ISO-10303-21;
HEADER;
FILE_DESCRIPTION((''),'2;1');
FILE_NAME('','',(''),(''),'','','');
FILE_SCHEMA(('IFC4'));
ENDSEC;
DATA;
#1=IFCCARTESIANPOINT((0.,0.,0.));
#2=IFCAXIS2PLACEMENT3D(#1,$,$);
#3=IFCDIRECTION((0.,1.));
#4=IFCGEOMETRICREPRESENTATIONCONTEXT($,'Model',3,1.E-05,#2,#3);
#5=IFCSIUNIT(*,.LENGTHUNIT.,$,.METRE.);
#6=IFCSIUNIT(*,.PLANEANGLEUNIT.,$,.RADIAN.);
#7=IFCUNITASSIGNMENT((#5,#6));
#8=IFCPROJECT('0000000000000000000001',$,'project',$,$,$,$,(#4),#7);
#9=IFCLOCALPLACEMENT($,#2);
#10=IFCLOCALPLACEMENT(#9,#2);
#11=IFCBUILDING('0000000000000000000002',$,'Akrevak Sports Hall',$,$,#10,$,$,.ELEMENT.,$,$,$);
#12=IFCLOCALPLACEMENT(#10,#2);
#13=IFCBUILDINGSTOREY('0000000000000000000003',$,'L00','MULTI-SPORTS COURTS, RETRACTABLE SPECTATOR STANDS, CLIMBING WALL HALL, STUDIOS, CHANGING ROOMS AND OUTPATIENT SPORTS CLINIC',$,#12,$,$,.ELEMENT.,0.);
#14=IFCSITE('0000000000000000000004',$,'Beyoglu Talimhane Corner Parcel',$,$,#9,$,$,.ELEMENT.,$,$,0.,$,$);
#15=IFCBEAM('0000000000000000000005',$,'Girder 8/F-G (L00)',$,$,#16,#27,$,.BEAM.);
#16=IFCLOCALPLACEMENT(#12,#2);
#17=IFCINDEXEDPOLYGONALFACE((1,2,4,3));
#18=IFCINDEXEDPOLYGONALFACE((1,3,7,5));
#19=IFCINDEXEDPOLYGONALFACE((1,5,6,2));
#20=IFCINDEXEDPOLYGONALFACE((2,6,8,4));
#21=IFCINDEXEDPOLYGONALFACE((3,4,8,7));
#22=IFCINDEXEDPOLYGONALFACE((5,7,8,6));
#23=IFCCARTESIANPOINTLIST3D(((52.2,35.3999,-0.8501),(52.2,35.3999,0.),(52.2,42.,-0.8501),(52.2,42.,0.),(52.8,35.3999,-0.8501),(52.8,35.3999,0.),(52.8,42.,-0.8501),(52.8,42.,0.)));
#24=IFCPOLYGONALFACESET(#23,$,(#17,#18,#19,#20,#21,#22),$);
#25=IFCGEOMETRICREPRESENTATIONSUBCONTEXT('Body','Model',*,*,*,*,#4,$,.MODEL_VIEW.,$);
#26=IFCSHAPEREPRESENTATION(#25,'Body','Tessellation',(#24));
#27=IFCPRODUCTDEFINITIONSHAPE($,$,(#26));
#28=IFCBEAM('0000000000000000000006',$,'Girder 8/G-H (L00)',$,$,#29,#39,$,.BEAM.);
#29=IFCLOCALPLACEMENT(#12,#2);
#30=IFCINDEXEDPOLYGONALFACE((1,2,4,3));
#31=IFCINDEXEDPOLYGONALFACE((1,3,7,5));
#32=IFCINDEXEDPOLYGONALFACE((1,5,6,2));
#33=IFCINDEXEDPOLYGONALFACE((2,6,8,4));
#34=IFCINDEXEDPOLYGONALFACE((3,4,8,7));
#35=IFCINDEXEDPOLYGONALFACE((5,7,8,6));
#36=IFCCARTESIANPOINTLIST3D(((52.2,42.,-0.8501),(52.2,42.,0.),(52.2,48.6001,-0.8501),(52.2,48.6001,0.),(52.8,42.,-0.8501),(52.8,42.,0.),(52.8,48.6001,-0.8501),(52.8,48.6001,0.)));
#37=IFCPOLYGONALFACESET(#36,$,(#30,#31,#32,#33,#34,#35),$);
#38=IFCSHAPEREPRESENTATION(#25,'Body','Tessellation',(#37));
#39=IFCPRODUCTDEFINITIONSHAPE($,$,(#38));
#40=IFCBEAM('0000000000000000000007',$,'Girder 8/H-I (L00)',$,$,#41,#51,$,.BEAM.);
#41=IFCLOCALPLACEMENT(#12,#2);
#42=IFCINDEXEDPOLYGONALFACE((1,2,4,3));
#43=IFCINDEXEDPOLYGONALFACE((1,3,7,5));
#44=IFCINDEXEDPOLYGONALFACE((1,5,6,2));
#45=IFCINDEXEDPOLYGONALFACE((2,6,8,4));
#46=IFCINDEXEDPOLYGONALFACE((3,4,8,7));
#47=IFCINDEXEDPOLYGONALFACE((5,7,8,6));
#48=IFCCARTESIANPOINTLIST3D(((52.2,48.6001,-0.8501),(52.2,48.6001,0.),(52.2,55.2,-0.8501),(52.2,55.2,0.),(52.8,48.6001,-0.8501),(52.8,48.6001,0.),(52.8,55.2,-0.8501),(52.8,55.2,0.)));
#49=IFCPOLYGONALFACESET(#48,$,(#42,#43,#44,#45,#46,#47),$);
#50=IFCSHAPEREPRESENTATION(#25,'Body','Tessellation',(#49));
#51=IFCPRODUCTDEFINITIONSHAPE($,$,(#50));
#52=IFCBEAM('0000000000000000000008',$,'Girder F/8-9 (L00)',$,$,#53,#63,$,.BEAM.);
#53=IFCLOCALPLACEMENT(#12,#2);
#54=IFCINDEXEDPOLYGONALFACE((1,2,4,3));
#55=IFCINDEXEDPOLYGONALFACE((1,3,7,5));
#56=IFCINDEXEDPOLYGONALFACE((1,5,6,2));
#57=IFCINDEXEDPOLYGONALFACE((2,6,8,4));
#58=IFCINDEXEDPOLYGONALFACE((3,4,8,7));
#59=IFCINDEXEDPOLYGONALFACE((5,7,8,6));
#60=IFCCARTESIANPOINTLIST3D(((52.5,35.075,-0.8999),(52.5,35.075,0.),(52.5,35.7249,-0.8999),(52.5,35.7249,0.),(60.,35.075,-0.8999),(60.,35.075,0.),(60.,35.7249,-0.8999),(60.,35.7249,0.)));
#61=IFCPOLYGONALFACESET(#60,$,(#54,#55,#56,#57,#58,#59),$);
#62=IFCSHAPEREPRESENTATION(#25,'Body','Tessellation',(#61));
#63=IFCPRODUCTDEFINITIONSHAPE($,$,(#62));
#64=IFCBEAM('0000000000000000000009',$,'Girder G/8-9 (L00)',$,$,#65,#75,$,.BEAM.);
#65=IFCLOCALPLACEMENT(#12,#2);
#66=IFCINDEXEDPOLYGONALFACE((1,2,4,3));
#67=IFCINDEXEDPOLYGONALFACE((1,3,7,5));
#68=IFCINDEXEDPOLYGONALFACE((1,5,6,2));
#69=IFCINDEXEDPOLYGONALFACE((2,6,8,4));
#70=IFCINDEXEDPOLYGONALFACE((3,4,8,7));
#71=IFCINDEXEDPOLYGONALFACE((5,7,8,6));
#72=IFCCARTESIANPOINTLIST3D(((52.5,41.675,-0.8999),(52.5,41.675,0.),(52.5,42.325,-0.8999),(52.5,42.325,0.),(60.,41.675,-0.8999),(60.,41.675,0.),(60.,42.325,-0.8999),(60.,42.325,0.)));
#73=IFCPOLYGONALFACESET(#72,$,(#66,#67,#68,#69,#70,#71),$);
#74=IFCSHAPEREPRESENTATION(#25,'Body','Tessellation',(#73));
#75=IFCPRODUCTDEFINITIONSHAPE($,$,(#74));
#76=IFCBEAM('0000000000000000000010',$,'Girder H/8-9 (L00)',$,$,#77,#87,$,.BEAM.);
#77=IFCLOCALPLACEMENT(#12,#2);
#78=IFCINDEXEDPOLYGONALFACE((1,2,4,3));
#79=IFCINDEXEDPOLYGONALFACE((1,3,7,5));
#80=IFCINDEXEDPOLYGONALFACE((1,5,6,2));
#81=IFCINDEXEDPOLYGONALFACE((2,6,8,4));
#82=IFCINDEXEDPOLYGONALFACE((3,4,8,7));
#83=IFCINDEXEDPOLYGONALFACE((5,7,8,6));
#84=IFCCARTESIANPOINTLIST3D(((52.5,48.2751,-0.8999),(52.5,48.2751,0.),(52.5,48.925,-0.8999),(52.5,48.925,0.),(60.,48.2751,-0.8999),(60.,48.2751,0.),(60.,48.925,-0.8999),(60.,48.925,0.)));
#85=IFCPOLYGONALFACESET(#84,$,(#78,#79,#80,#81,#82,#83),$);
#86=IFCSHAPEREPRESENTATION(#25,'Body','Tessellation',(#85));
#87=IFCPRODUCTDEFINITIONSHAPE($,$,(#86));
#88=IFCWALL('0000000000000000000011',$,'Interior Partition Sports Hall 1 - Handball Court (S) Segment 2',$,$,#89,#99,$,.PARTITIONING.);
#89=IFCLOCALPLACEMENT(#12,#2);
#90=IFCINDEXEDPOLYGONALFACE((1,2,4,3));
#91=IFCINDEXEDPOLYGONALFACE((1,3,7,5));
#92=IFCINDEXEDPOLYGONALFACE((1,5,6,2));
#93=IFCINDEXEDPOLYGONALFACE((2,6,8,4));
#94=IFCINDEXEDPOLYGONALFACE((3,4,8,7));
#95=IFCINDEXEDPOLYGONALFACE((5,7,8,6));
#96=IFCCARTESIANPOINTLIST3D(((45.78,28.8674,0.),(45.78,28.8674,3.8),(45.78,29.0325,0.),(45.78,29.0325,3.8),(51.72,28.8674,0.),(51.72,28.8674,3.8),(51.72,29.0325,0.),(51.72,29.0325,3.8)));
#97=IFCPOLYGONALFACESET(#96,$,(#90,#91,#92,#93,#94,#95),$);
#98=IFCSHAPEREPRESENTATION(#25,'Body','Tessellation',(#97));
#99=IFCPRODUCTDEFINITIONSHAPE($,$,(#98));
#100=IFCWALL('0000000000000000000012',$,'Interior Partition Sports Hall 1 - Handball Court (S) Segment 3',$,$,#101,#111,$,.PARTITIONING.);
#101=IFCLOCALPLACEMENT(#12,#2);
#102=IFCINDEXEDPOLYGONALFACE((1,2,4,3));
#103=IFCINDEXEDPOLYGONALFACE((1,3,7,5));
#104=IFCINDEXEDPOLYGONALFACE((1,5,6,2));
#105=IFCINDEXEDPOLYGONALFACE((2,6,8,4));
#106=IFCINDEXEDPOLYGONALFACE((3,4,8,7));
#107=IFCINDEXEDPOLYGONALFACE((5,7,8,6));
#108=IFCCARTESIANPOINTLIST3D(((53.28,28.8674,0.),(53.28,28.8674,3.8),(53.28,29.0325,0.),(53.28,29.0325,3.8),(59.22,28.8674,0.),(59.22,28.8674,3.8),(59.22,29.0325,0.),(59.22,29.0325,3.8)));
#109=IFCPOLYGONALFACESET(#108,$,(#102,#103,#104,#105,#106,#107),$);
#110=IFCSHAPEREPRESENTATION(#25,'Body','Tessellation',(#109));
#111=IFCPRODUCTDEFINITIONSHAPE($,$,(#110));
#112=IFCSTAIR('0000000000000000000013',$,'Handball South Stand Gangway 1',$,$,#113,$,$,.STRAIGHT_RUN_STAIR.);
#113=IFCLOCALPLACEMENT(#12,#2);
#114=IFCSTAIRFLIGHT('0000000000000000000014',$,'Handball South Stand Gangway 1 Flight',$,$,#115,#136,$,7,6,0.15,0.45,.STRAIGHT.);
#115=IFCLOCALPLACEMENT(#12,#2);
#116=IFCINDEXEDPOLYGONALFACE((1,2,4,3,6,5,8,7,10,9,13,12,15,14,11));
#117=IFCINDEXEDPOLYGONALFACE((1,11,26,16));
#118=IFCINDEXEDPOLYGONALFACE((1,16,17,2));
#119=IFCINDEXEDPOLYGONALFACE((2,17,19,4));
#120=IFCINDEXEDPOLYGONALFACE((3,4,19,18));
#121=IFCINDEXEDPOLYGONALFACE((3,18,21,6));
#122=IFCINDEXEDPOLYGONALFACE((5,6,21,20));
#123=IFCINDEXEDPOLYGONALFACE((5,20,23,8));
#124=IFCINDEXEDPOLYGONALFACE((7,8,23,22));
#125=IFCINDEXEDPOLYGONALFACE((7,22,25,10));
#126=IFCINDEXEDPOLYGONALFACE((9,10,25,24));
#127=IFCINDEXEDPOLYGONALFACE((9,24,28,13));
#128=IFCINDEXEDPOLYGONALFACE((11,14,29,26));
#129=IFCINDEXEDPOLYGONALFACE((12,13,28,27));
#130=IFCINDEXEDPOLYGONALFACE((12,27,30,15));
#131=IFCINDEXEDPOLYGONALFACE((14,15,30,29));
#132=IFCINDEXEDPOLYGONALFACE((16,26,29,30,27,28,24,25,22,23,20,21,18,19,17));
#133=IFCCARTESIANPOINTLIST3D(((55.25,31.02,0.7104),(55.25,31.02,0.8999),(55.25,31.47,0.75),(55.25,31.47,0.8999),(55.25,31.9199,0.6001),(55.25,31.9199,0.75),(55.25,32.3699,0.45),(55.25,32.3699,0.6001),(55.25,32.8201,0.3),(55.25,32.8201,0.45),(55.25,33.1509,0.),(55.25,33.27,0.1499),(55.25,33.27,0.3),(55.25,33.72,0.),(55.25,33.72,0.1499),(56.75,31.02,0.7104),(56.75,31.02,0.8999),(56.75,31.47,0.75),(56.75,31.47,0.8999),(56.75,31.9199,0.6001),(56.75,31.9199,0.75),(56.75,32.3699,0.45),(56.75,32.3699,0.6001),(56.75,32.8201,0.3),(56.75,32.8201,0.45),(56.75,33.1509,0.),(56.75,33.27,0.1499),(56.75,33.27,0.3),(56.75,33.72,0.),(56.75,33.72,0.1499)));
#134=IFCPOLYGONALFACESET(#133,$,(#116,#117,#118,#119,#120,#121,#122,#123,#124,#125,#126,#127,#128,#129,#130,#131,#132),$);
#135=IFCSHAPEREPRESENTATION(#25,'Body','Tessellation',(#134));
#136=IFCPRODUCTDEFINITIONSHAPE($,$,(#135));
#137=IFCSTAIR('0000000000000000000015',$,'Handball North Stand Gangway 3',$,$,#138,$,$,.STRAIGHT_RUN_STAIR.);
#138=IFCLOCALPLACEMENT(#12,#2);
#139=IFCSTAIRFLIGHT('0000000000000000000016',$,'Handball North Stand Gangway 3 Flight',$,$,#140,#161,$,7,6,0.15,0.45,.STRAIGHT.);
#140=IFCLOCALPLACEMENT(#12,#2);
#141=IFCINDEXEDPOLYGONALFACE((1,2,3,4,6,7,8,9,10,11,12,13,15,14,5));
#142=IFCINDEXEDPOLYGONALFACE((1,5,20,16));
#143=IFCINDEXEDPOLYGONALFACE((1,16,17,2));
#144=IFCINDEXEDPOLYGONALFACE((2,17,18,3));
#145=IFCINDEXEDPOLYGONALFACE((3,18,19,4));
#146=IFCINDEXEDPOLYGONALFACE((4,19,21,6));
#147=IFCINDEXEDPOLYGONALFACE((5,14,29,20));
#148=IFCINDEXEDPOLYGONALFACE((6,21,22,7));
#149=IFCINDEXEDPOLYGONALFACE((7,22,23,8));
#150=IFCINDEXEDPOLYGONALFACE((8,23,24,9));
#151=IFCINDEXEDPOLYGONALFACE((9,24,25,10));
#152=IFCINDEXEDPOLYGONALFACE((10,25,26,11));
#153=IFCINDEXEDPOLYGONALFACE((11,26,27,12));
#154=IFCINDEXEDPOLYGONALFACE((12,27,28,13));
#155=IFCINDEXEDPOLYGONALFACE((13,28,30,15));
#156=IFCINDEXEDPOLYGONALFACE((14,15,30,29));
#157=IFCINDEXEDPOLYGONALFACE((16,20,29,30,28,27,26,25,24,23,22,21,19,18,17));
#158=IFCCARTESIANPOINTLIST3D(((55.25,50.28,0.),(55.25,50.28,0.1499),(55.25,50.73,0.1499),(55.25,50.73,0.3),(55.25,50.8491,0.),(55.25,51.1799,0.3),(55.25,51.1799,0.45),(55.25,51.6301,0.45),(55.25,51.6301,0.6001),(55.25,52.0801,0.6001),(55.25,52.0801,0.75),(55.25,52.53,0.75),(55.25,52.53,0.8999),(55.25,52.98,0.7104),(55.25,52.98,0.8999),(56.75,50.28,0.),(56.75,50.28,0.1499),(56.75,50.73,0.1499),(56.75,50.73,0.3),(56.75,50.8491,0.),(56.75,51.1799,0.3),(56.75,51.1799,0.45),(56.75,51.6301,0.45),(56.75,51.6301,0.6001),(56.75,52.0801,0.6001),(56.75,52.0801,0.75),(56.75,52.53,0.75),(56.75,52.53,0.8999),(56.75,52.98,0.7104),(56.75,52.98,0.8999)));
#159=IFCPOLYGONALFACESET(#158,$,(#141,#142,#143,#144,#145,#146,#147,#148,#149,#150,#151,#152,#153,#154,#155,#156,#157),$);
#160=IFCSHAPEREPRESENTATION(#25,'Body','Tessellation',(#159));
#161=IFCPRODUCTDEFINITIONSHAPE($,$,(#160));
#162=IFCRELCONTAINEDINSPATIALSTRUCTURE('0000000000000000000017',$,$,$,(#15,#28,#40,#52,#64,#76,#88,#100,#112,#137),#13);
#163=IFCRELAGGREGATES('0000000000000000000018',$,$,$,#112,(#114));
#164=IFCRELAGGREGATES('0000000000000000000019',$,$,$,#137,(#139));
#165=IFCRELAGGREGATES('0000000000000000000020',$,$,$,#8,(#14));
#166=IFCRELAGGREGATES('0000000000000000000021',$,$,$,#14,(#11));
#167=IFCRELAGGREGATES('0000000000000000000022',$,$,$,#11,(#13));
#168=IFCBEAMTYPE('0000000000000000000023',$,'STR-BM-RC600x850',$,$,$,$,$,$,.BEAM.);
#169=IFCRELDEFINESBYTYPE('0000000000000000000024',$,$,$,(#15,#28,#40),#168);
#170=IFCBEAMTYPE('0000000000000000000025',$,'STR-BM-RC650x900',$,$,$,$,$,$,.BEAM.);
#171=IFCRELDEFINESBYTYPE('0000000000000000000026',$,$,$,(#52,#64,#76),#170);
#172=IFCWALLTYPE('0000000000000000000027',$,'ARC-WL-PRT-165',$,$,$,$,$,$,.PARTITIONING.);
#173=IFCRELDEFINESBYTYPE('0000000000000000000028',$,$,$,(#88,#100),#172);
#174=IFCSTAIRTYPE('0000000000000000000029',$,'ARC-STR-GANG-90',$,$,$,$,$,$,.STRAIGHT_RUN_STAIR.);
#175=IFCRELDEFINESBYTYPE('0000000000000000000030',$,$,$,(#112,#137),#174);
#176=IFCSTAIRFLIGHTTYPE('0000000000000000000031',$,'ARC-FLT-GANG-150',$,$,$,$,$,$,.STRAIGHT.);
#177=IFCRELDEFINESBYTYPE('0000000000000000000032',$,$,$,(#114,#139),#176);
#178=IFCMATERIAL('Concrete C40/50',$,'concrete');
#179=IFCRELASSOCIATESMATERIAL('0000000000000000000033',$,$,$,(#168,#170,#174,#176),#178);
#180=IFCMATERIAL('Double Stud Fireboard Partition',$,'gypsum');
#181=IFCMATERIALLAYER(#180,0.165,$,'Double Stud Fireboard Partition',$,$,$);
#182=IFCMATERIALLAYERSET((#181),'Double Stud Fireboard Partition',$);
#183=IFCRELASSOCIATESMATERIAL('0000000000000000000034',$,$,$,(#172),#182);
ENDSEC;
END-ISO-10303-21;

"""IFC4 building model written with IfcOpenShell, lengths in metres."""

from ifc_helpers import new_model, si_unit, direction, frame, frame_2d, origin, origin_2d, place, context, subcontext, project, spatial, polyline, rectangle, outline, extrude, material, layer, layer_set, material_profile, profile_set, type_object, element, aggregate, save


model = new_model("IFC4")

# Units and contexts
model_context = context("Model", 3, precision=1e-05, world=origin(), true_north=direction((0.0, 1.0)))
body_context = subcontext(model_context, "Body", "Model", "MODEL_VIEW")
ifc_project = project(units=[si_unit("LENGTHUNIT", "METRE"), si_unit("PLANEANGLEUNIT", "RADIAN")], contexts=[model_context])

# Site, building, storey
site_placement = place(None, origin())
site = spatial("IfcSite", under=ifc_project, at=site_placement, Name="Beyoglu Talimhane Corner Parcel", CompositionType="ELEMENT", RefElevation=0.0)
building_placement = place(site_placement, origin())
building = spatial("IfcBuilding", under=site, at=building_placement, Name="Akrevak Sports Hall", CompositionType="ELEMENT")
storey_placement = place(building_placement, origin())
storey = spatial("IfcBuildingStorey", under=building, at=storey_placement, Name="L00", Description="MULTI-SPORTS COURTS, RETRACTABLE SPECTATOR STANDS, CLIMBING WALL HALL, STUDIOS, CHANGING ROOMS AND OUTPATIENT SPORTS CLINIC", CompositionType="ELEMENT", Elevation=0.0)

# Beams
ifc_material_1 = material(Name="Concrete C40/50", Category="concrete")
ifc_material_profile_1 = material_profile(ifc_material_1, rectangle(XDim=0.6001, YDim=0.8501, at=origin_2d()), Name="BM 600x850", Category="concrete")
ifc_profile_set_1 = profile_set([ifc_material_profile_1], Name="Concrete C40/50")
beam_type_1 = type_object("IfcBeamType", Name="STR-BM-RC600x850", PredefinedType="BEAM", material=ifc_profile_set_1)
for number, where, z_axis, x_axis, name in (
    (1, (52.5, 35.3999, -0.425), (0.0, 1.0, 0.0), (-1.0, 0.0, 0.0), "Girder 8/F-G (L00)"),
    (2, (52.5, 42.0, -0.425), (0.0, 1.0, 0.0), (-1.0, 0.0, 0.0), "Girder 8/G-H (L00)"),
):
    element("IfcBeam", number, at=place(storey_placement, frame(where, z_axis=z_axis, x_axis=x_axis)), inside=storey, type_object=beam_type_1, Name=name, PredefinedType="BEAM", context=body_context, shape_type="SweptSolid", body=[
        extrude(rectangle(XDim=0.6001, YDim=0.8501, at=origin_2d()), origin(), (0.0, 0.0, 1.0), 6.6001),
    ])
beam_placement = place(storey_placement, frame((52.5, 48.6001, -0.425), z_axis=(0.0, 1.0, 0.0), x_axis=(-1.0, 0.0, 0.0)))
element("IfcBeam", 3, at=beam_placement, inside=storey, type_object=beam_type_1, Name="Girder 8/H-I (L00)", PredefinedType="BEAM", context=body_context, shape_type="SweptSolid", body=[
    extrude(rectangle(XDim=0.6001, YDim=0.8501, at=origin_2d()), origin(), (0.0, 0.0, 1.0), 6.5999),
])
ifc_material_profile_2 = material_profile(ifc_material_1, rectangle(XDim=0.6499, YDim=0.8999, at=origin_2d()), Name="BM 650x900", Category="concrete")
ifc_profile_set_2 = profile_set([ifc_material_profile_2], Name="Concrete C40/50")
beam_type_2 = type_object("IfcBeamType", Name="STR-BM-RC650x900", PredefinedType="BEAM", material=ifc_profile_set_2)
for number, where, z_axis, x_axis, name in (
    (4, (52.5, 35.3999, -0.45), (1.0, 0.0, 0.0), (0.0, 1.0, 0.0), "Girder F/8-9 (L00)"),
    (5, (52.5, 42.0, -0.45), (1.0, 0.0, 0.0), (0.0, 1.0, 0.0), "Girder G/8-9 (L00)"),
    (6, (52.5, 48.6001, -0.45), (1.0, 0.0, 0.0), (0.0, 1.0, 0.0), "Girder H/8-9 (L00)"),
):
    element("IfcBeam", number, at=place(storey_placement, frame(where, z_axis=z_axis, x_axis=x_axis)), inside=storey, type_object=beam_type_2, Name=name, PredefinedType="BEAM", context=body_context, shape_type="SweptSolid", body=[
        extrude(rectangle(XDim=0.6499, YDim=0.8999, at=origin_2d()), origin(), (0.0, 0.0, 1.0), 7.5),
    ])

# Walls
ifc_material_2 = material(Name="Double Stud Fireboard Partition", Category="gypsum")
ifc_layer_1 = layer(ifc_material_2, 0.165, Name="Double Stud Fireboard Partition")
ifc_layer_set_1 = layer_set([ifc_layer_1], Name="Double Stud Fireboard Partition")
wall_type = type_object("IfcWallType", Name="ARC-WL-PRT-165", PredefinedType="PARTITIONING", material=ifc_layer_set_1)
for number, where, z_axis, x_axis, name in (
    (7, (45.78, 28.95, 0.0), (0.0, 0.0, 1.0), (1.0, 0.0, 0.0), "Interior Partition Sports Hall 1 - Handball Court (S) Segment 2"),
    (8, (53.28, 28.95, 0.0), (0.0, 0.0, 1.0), (1.0, 0.0, 0.0), "Interior Partition Sports Hall 1 - Handball Court (S) Segment 3"),
):
    element("IfcWall", number, at=place(storey_placement, frame(where, z_axis=z_axis, x_axis=x_axis)), inside=storey, type_object=wall_type, Name=name, PredefinedType="PARTITIONING", context=body_context, shape_type="SweptSolid", body=[
        extrude(rectangle(XDim=5.9399, YDim=0.165, at=frame_2d((2.97, 0.0))), origin(), (0.0, 0.0, 1.0), 3.8),
    ])

# Stairs, stair flights
stair_type = type_object("IfcStairType", Name="ARC-STR-GANG-90", PredefinedType="STRAIGHT_RUN_STAIR", material=ifc_material_1)
stair_1_placement = place(storey_placement, origin())
stair_1 = element("IfcStair", 9, at=stair_1_placement, inside=storey, type_object=stair_type, Name="Handball South Stand Gangway 1", PredefinedType="STRAIGHT_RUN_STAIR")
stair_flight_type = type_object("IfcStairFlightType", Name="ARC-FLT-GANG-150", PredefinedType="STRAIGHT", material=ifc_material_1)
stair_flight_1_placement = place(storey_placement, frame((56.0, 33.72, 0.0), z_axis=(0.0, 0.0, 1.0), x_axis=(0.0, -1.0, 0.0)))
stair_flight_1 = element("IfcStairFlight", 10, at=stair_flight_1_placement, type_object=stair_flight_type, Name="Handball South Stand Gangway 1 Flight", NumberOfRisers=7, NumberOfTreads=6, PredefinedType="STRAIGHT", RiserHeight=0.15, TreadLength=0.45, context=body_context, shape_type="SweptSolid", body=[
    extrude(outline(polyline([(0.0, 0.0), (0.0, 0.1499), (0.45, 0.1499), (0.45, 0.3), (0.8999, 0.3), (0.8999, 0.45), (1.3501, 0.45), (1.3501, 0.6001), (1.8, 0.6001), (1.8, 0.75), (2.25, 0.75), (2.25, 0.8999), (2.7, 0.8999), (2.7, 1.05), (2.7, 0.7104), (0.5691, 0.0), (0.0, 0.0)])), frame((0.0, 0.75, 0.0), z_axis=(0.0, -1.0, 0.0), x_axis=(1.0, 0.0, 0.0)), (0.0, 0.0, 1.0), 1.5),
])
aggregate(stair_1, [stair_flight_1])
stair_2_placement = place(storey_placement, origin())
stair_2 = element("IfcStair", 11, at=stair_2_placement, inside=storey, type_object=stair_type, Name="Handball North Stand Gangway 3", PredefinedType="STRAIGHT_RUN_STAIR")
stair_flight_2_placement = place(storey_placement, frame((56.0, 50.28, 0.0), z_axis=(0.0, 0.0, 1.0), x_axis=(0.0, 1.0, 0.0)))
stair_flight_2 = element("IfcStairFlight", 12, at=stair_flight_2_placement, type_object=stair_flight_type, Name="Handball North Stand Gangway 3 Flight", NumberOfRisers=7, NumberOfTreads=6, PredefinedType="STRAIGHT", RiserHeight=0.15, TreadLength=0.45, context=body_context, shape_type="SweptSolid", body=[
    extrude(outline(polyline([(0.0, 0.0), (0.0, 0.1499), (0.45, 0.1499), (0.45, 0.3), (0.8999, 0.3), (0.8999, 0.45), (1.3501, 0.45), (1.3501, 0.6001), (1.8, 0.6001), (1.8, 0.75), (2.25, 0.75), (2.25, 0.8999), (2.7, 0.8999), (2.7, 1.05), (2.7, 0.7104), (0.5691, 0.0), (0.0, 0.0)])), frame((0.0, 0.75, 0.0), z_axis=(0.0, -1.0, 0.0), x_axis=(1.0, 0.0, 0.0)), (0.0, 0.0, 1.0), 1.5),
])
aggregate(stair_2, [stair_flight_2])

save(model, "model.ifc")
